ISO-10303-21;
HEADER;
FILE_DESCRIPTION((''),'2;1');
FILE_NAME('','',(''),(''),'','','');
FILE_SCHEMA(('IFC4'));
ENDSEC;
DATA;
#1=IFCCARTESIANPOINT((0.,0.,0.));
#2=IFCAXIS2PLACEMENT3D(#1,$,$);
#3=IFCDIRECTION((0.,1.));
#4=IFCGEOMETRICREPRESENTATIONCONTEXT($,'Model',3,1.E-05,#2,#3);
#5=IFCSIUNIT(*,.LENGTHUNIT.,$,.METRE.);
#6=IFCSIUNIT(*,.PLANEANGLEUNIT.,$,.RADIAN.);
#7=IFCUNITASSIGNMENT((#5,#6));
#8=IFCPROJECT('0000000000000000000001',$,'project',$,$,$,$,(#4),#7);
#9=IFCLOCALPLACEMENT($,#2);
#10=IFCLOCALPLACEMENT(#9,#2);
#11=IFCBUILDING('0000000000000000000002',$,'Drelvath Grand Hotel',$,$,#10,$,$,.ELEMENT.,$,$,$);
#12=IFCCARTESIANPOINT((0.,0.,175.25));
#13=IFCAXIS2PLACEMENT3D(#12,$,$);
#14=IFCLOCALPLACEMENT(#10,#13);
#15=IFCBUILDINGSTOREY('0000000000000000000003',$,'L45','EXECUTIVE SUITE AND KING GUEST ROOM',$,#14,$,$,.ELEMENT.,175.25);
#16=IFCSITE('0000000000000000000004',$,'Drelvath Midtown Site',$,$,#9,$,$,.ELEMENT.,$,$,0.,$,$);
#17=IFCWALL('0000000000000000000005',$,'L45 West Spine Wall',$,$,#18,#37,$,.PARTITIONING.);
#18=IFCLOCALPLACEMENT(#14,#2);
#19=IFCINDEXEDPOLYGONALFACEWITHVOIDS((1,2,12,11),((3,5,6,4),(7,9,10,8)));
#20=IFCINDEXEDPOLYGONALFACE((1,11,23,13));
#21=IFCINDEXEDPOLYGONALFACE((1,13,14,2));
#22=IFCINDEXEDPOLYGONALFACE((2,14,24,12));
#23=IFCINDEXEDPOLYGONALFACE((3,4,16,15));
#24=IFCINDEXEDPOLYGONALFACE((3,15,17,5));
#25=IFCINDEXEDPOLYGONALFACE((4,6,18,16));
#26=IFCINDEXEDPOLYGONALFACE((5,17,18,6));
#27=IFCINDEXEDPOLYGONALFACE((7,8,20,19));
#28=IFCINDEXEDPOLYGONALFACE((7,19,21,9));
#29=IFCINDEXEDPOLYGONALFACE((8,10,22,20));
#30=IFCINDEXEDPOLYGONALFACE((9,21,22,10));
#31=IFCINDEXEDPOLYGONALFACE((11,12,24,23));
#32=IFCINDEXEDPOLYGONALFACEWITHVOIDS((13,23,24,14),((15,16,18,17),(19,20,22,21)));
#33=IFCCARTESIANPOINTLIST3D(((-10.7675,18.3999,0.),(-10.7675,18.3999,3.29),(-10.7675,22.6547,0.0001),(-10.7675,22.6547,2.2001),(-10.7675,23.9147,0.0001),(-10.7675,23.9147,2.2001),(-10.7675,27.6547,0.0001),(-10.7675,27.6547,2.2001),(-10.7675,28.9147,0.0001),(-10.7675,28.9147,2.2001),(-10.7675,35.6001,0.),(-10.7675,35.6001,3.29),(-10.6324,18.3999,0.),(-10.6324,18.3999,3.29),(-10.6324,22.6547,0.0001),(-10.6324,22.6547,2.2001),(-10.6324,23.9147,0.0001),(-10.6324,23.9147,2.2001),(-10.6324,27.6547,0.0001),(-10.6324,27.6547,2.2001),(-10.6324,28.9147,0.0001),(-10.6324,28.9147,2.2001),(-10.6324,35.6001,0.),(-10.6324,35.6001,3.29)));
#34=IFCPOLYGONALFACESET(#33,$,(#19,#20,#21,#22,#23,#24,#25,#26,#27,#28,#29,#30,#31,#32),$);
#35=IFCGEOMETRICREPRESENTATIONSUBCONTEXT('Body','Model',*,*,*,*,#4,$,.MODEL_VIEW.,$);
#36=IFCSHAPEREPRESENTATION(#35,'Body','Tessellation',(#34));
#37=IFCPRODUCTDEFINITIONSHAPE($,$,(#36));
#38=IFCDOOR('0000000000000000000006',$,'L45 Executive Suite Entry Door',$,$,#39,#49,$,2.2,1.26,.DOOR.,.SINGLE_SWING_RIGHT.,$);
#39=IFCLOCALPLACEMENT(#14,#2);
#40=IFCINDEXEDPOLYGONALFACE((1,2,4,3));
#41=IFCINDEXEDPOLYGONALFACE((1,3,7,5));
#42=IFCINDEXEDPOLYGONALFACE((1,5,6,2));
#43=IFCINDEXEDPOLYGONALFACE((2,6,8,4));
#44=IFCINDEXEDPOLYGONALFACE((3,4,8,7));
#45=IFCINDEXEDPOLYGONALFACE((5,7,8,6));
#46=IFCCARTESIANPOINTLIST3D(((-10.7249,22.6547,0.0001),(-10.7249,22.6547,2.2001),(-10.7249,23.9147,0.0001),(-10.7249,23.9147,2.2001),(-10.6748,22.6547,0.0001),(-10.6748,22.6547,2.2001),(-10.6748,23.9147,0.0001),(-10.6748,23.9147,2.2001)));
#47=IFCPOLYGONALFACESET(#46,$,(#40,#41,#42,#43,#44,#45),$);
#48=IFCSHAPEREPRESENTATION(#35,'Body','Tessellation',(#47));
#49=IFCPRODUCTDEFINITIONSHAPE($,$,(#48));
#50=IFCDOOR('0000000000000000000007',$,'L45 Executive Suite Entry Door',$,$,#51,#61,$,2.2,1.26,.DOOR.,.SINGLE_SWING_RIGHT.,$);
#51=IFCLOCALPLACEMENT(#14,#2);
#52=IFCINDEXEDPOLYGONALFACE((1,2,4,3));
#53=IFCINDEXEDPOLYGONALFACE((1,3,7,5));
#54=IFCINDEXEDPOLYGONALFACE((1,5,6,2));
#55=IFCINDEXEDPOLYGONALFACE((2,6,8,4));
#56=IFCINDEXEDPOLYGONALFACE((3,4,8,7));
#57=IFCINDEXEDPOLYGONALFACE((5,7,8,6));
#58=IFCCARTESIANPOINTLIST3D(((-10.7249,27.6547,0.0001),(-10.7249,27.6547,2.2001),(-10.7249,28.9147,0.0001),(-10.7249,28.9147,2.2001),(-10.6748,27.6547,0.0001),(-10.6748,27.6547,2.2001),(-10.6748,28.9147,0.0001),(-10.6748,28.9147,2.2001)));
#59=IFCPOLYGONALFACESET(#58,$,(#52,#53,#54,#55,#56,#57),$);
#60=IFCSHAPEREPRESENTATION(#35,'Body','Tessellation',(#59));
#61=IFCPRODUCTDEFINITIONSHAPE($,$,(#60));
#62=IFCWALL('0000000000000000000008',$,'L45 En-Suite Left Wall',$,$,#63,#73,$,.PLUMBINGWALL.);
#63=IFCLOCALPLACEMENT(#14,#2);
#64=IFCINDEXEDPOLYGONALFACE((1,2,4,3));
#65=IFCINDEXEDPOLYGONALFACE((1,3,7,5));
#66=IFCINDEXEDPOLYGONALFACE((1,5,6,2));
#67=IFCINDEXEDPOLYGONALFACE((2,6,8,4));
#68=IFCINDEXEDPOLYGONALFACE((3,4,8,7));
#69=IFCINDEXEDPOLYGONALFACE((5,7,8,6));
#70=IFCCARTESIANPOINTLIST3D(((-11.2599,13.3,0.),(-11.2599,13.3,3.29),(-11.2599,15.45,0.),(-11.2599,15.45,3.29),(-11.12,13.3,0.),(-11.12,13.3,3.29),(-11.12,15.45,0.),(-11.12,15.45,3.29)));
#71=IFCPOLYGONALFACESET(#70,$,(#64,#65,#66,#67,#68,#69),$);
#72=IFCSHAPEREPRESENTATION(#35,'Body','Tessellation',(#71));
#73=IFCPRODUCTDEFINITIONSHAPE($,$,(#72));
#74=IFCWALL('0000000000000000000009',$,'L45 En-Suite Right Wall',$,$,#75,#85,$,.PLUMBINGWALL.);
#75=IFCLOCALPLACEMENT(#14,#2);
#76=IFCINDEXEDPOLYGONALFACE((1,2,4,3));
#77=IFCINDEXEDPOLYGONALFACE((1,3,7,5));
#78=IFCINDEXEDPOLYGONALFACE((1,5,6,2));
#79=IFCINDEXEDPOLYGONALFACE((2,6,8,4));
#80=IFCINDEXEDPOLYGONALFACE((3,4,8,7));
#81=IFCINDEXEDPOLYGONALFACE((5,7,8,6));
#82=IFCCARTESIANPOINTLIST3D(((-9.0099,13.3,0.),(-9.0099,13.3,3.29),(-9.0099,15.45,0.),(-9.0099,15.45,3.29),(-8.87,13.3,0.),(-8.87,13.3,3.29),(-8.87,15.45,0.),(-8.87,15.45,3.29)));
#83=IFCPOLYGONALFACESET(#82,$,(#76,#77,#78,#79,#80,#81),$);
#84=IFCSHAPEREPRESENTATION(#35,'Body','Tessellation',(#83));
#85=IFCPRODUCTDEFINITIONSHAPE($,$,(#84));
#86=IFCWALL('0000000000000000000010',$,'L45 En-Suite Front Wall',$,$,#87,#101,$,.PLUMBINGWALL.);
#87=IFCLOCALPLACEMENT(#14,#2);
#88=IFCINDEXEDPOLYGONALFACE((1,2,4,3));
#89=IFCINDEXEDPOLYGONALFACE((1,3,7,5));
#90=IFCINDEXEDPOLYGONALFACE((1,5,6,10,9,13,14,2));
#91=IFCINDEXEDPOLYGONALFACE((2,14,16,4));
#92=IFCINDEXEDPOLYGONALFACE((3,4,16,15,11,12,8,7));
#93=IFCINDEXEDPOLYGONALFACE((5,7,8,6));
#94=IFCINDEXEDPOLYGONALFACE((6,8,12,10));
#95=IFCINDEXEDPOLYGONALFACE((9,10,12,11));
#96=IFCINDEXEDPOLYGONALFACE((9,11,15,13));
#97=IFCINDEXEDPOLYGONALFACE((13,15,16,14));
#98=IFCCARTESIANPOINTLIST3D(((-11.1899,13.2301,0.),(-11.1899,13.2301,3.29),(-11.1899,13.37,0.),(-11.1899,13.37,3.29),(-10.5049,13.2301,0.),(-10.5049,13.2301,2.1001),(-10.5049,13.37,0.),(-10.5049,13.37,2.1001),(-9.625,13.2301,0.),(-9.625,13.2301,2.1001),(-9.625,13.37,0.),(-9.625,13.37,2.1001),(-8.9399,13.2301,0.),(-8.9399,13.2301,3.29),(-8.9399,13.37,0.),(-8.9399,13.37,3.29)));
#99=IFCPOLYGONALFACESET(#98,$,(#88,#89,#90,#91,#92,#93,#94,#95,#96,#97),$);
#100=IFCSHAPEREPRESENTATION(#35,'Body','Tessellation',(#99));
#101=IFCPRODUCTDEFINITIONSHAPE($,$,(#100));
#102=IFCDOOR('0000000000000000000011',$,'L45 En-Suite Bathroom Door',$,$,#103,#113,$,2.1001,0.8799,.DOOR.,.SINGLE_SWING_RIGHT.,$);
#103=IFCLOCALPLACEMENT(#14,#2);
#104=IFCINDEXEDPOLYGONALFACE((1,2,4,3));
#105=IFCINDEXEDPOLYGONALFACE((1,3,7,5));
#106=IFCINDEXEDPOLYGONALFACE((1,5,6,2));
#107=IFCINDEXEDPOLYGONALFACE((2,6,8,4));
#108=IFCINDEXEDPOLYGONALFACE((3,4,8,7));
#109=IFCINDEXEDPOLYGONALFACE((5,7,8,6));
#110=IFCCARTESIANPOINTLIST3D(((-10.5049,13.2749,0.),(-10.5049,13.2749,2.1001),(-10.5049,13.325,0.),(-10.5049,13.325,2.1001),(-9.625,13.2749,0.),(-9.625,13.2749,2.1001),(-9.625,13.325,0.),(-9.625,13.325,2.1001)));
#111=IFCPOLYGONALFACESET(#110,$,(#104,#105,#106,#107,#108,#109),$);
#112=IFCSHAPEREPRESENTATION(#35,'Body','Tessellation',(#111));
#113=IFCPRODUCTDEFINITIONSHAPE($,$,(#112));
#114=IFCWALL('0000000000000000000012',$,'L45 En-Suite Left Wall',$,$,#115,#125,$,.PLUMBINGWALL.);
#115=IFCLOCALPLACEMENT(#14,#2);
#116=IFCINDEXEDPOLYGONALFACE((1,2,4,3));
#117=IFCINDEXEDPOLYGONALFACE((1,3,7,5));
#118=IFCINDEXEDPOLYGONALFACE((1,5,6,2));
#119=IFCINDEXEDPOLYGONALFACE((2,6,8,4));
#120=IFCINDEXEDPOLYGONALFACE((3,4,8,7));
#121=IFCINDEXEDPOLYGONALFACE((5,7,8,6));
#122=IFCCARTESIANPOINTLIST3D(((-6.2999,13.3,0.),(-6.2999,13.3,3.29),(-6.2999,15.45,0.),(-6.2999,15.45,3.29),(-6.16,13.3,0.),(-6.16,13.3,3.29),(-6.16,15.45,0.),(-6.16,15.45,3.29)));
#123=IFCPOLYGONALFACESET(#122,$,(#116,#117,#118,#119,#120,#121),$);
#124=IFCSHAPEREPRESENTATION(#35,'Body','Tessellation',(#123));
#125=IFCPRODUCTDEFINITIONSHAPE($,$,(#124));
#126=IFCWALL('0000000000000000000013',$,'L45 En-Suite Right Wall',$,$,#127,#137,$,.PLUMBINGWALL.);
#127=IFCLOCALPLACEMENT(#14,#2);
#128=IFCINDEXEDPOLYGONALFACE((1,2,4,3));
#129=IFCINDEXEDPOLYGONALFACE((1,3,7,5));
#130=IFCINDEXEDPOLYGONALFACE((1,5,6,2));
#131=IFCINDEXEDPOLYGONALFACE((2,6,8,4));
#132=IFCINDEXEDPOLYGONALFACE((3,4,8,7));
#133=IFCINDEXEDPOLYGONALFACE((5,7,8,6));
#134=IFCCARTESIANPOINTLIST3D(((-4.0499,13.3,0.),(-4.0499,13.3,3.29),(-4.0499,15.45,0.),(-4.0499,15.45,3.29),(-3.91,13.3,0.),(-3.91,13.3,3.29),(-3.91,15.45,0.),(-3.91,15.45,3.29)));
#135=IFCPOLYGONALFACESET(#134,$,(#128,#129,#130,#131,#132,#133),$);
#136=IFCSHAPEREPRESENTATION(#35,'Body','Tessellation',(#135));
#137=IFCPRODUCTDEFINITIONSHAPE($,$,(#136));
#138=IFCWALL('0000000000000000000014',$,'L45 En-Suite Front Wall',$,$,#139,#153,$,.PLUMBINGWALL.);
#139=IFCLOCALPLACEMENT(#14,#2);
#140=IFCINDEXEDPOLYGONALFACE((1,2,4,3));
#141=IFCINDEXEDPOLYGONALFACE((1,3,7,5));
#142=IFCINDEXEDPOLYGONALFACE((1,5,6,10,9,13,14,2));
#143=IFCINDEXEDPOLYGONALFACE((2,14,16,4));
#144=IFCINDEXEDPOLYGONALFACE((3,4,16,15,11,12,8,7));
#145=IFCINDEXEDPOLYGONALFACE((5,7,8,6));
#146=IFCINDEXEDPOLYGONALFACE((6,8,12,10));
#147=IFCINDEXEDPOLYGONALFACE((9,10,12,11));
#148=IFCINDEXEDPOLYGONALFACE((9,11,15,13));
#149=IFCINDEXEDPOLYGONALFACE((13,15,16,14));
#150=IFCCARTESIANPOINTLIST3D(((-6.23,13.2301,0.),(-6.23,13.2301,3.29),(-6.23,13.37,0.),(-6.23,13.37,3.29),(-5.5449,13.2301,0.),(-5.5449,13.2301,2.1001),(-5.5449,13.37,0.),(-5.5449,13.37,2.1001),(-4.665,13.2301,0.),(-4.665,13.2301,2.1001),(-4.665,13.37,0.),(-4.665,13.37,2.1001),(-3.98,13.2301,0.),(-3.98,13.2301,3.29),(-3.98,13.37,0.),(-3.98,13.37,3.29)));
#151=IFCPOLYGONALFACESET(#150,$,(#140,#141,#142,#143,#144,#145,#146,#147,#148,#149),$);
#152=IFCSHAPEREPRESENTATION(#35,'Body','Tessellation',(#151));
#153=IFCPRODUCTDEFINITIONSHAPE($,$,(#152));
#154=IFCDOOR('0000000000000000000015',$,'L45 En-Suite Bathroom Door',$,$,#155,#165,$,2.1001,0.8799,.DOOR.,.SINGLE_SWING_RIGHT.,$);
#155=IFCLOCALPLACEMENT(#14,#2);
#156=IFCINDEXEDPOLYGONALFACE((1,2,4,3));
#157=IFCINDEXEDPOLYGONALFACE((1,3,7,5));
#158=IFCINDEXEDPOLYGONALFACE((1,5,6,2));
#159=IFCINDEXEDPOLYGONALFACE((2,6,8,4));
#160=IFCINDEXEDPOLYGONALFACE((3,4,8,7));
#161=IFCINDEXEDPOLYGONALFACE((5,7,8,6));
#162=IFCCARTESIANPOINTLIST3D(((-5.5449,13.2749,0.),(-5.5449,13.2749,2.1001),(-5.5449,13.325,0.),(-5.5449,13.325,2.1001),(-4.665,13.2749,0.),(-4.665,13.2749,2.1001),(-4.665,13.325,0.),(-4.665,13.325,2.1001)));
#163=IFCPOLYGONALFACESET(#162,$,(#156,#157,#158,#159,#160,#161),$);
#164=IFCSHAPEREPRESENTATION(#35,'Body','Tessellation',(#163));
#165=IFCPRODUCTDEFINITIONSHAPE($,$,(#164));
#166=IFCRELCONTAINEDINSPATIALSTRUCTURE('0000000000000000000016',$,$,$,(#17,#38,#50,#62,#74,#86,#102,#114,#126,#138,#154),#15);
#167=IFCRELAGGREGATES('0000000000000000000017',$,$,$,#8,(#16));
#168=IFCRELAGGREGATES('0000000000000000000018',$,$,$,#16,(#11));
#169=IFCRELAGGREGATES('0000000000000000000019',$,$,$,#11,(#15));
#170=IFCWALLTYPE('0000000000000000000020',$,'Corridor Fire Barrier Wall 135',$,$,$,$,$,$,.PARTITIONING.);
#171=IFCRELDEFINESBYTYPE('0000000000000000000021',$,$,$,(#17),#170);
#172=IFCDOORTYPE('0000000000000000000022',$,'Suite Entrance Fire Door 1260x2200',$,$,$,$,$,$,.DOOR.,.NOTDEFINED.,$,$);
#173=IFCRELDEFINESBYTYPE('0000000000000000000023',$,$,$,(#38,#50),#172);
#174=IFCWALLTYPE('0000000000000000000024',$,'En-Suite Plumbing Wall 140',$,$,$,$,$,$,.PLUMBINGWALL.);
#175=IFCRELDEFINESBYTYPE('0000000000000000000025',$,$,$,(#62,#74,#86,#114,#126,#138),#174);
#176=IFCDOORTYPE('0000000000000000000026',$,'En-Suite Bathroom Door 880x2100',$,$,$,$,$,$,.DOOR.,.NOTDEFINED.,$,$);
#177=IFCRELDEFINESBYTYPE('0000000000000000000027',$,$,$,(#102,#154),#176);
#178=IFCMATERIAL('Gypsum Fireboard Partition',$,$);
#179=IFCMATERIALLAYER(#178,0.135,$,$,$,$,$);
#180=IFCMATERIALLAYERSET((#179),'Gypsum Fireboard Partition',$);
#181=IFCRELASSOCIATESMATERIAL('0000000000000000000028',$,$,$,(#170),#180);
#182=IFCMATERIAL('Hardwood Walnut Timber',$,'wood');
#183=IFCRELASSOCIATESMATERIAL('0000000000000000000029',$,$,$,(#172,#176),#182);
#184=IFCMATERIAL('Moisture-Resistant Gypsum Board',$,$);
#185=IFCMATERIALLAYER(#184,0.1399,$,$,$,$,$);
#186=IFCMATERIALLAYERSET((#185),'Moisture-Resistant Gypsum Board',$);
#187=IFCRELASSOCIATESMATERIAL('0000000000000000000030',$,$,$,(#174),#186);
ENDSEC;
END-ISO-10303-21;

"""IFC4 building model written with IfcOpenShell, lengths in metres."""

from ifc_helpers import new_model, si_unit, direction, frame, frame_2d, origin, place, context, subcontext, project, spatial, rectangle, extrude, material, layer, layer_set, type_object, element, fill, save


model = new_model("IFC4")

# Units and contexts
model_context = context("Model", 3, precision=1e-05, world=origin(), true_north=direction((0.0, 1.0)))
body_context = subcontext(model_context, "Body", "Model", "MODEL_VIEW")
ifc_project = project(units=[si_unit("LENGTHUNIT", "METRE"), si_unit("PLANEANGLEUNIT", "RADIAN")], contexts=[model_context])

# Site, building, storey
site_placement = place(None, origin())
site = spatial("IfcSite", under=ifc_project, at=site_placement, Name="Drelvath Midtown Site", CompositionType="ELEMENT", RefElevation=0.0)
building_placement = place(site_placement, origin())
building = spatial("IfcBuilding", under=site, at=building_placement, Name="Drelvath Grand Hotel", CompositionType="ELEMENT")
storey_placement = place(building_placement, frame((0.0, 0.0, 175.25)))
storey = spatial("IfcBuildingStorey", under=building, at=storey_placement, Name="L45", Description="EXECUTIVE SUITE AND KING GUEST ROOM", CompositionType="ELEMENT", Elevation=175.25)

# Shared definitions
ifc_material_1 = material(Name="Gypsum Fireboard Partition")
ifc_layer_1 = layer(ifc_material_1, 0.135)
ifc_layer_set_1 = layer_set([ifc_layer_1], Name="Gypsum Fireboard Partition")
wall_type_1 = type_object("IfcWallType", Name="Corridor Fire Barrier Wall 135", PredefinedType="PARTITIONING", material=ifc_layer_set_1)

# Wall, openings, doors
wall_1_placement = place(storey_placement, frame((-10.7, 18.3999, 0.0), z_axis=(0.0, 0.0, 1.0), x_axis=(0.0, 1.0, 0.0)))
wall_1 = element("IfcWall", 1, at=wall_1_placement, inside=storey, type_object=wall_type_1, Name="L45 West Spine Wall", PredefinedType="PARTITIONING", context=body_context, shape_type="SweptSolid", body=[
    extrude(rectangle(XDim=17.2002, YDim=0.135, at=frame_2d((8.6001, 0.0))), origin(), (0.0, 0.0, 1.0), 3.29),
])
opening_1_placement = place(wall_1_placement, frame((4.2549, 0.0, 0.0)))
opening_1 = element("IfcOpeningElement", 2, at=opening_1_placement, cuts=wall_1, PredefinedType="OPENING", context=body_context, shape_type="SweptSolid", body=[
    extrude(rectangle(XDim=1.26, YDim=2.2, at=frame_2d((0.6299, 1.1001))), frame((0.0, 0.0774, 0.0), z_axis=(0.0, -1.0, 0.0), x_axis=(1.0, 0.0, 0.0)), (0.0, 0.0, 1.0), 0.155),
])
opening_2_placement = place(wall_1_placement, frame((9.2549, 0.0, 0.0)))
opening_2 = element("IfcOpeningElement", 3, at=opening_2_placement, cuts=wall_1, PredefinedType="OPENING", context=body_context, shape_type="SweptSolid", body=[
    extrude(rectangle(XDim=1.26, YDim=2.2, at=frame_2d((0.6299, 1.1001))), frame((0.0, 0.0774, 0.0), z_axis=(0.0, -1.0, 0.0), x_axis=(1.0, 0.0, 0.0)), (0.0, 0.0, 1.0), 0.155),
])
ifc_material_2 = material(Name="Hardwood Walnut Timber", Category="wood")
door_type_1 = type_object("IfcDoorType", Name="Suite Entrance Fire Door 1260x2200", OperationType="NOTDEFINED", PredefinedType="DOOR", material=ifc_material_2)
door_1_placement = place(opening_1_placement, origin())
door_1 = element("IfcDoor", 4, at=door_1_placement, inside=storey, type_object=door_type_1, Name="L45 Executive Suite Entry Door", OperationType="SINGLE_SWING_RIGHT", OverallHeight=2.2, OverallWidth=1.26, PredefinedType="DOOR", context=body_context, shape_type="SweptSolid", body=[
    extrude(rectangle(XDim=1.26, YDim=2.2, at=frame_2d((0.6299, 1.1001))), frame((0.0, 0.0249, 0.0), z_axis=(0.0, -1.0, 0.0), x_axis=(1.0, 0.0, 0.0)), (0.0, 0.0, 1.0), 0.05),
])
fill(opening_1, door_1)
door_2_placement = place(opening_2_placement, origin())
door_2 = element("IfcDoor", 5, at=door_2_placement, inside=storey, type_object=door_type_1, Name="L45 Executive Suite Entry Door", OperationType="SINGLE_SWING_RIGHT", OverallHeight=2.2, OverallWidth=1.26, PredefinedType="DOOR", context=body_context, shape_type="SweptSolid", body=[
    extrude(rectangle(XDim=1.26, YDim=2.2, at=frame_2d((0.6299, 1.1001))), frame((0.0, 0.0249, 0.0), z_axis=(0.0, -1.0, 0.0), x_axis=(1.0, 0.0, 0.0)), (0.0, 0.0, 1.0), 0.05),
])
fill(opening_2, door_2)

# Walls
ifc_material_3 = material(Name="Moisture-Resistant Gypsum Board")
ifc_layer_2 = layer(ifc_material_3, 0.1399)
ifc_layer_set_2 = layer_set([ifc_layer_2], Name="Moisture-Resistant Gypsum Board")
wall_type_2 = type_object("IfcWallType", Name="En-Suite Plumbing Wall 140", PredefinedType="PLUMBINGWALL", material=ifc_layer_set_2)
for number, where, z_axis, x_axis, name in (
    (6, (-11.1899, 15.45, 0.0), (0.0, 0.0, 1.0), (0.0, -1.0, 0.0), "L45 En-Suite Left Wall"),
    (7, (-8.9399, 15.45, 0.0), (0.0, 0.0, 1.0), (0.0, -1.0, 0.0), "L45 En-Suite Right Wall"),
):
    element("IfcWall", number, at=place(storey_placement, frame(where, z_axis=z_axis, x_axis=x_axis)), inside=storey, type_object=wall_type_2, Name=name, PredefinedType="PLUMBINGWALL", context=body_context, shape_type="SweptSolid", body=[
        extrude(rectangle(XDim=2.1499, YDim=0.1399, at=frame_2d((1.075, 0.0))), origin(), (0.0, 0.0, 1.0), 3.29),
    ])

# Wall, opening, door
wall_2_placement = place(storey_placement, frame((-11.1899, 13.3, 0.0), z_axis=(0.0, 0.0, 1.0), x_axis=(1.0, 0.0, 0.0)))
wall_2 = element("IfcWall", 8, at=wall_2_placement, inside=storey, type_object=wall_type_2, Name="L45 En-Suite Front Wall", PredefinedType="PLUMBINGWALL", context=body_context, shape_type="SweptSolid", body=[
    extrude(rectangle(XDim=2.25, YDim=0.1399, at=frame_2d((1.125, 0.0))), origin(), (0.0, 0.0, 1.0), 3.29),
])
opening_3_placement = place(wall_2_placement, frame((0.6851, 0.0, 0.0)))
opening_3 = element("IfcOpeningElement", 9, at=opening_3_placement, cuts=wall_2, PredefinedType="OPENING", context=body_context, shape_type="SweptSolid", body=[
    extrude(rectangle(XDim=0.8799, YDim=2.1001, at=frame_2d((0.4399, 1.05))), frame((0.0, 0.0798, 0.0), z_axis=(0.0, -1.0, 0.0), x_axis=(1.0, 0.0, 0.0)), (0.0, 0.0, 1.0), 0.1599),
])
door_type_2 = type_object("IfcDoorType", Name="En-Suite Bathroom Door 880x2100", OperationType="NOTDEFINED", PredefinedType="DOOR", material=ifc_material_2)
door_3_placement = place(opening_3_placement, origin())
door_3 = element("IfcDoor", 10, at=door_3_placement, inside=storey, type_object=door_type_2, Name="L45 En-Suite Bathroom Door", OperationType="SINGLE_SWING_RIGHT", OverallHeight=2.1001, OverallWidth=0.8799, PredefinedType="DOOR", context=body_context, shape_type="SweptSolid", body=[
    extrude(rectangle(XDim=0.8799, YDim=2.1001, at=frame_2d((0.4399, 1.05))), frame((0.0, 0.0249, 0.0), z_axis=(0.0, -1.0, 0.0), x_axis=(1.0, 0.0, 0.0)), (0.0, 0.0, 1.0), 0.05),
])
fill(opening_3, door_3)

# Walls
for number, where, z_axis, x_axis, name in (
    (11, (-6.23, 15.45, 0.0), (0.0, 0.0, 1.0), (0.0, -1.0, 0.0), "L45 En-Suite Left Wall"),
    (12, (-3.98, 15.45, 0.0), (0.0, 0.0, 1.0), (0.0, -1.0, 0.0), "L45 En-Suite Right Wall"),
):
    element("IfcWall", number, at=place(storey_placement, frame(where, z_axis=z_axis, x_axis=x_axis)), inside=storey, type_object=wall_type_2, Name=name, PredefinedType="PLUMBINGWALL", context=body_context, shape_type="SweptSolid", body=[
        extrude(rectangle(XDim=2.1499, YDim=0.1399, at=frame_2d((1.075, 0.0))), origin(), (0.0, 0.0, 1.0), 3.29),
    ])

# Wall, opening, door
wall_3_placement = place(storey_placement, frame((-6.23, 13.3, 0.0), z_axis=(0.0, 0.0, 1.0), x_axis=(1.0, 0.0, 0.0)))
wall_3 = element("IfcWall", 13, at=wall_3_placement, inside=storey, type_object=wall_type_2, Name="L45 En-Suite Front Wall", PredefinedType="PLUMBINGWALL", context=body_context, shape_type="SweptSolid", body=[
    extrude(rectangle(XDim=2.25, YDim=0.1399, at=frame_2d((1.125, 0.0))), origin(), (0.0, 0.0, 1.0), 3.29),
])
opening_4_placement = place(wall_3_placement, frame((0.6851, 0.0, 0.0)))
opening_4 = element("IfcOpeningElement", 14, at=opening_4_placement, cuts=wall_3, PredefinedType="OPENING", context=body_context, shape_type="SweptSolid", body=[
    extrude(rectangle(XDim=0.8799, YDim=2.1001, at=frame_2d((0.4399, 1.05))), frame((0.0, 0.0798, 0.0), z_axis=(0.0, -1.0, 0.0), x_axis=(1.0, 0.0, 0.0)), (0.0, 0.0, 1.0), 0.1599),
])
door_4_placement = place(opening_4_placement, origin())
door_4 = element("IfcDoor", 15, at=door_4_placement, inside=storey, type_object=door_type_2, Name="L45 En-Suite Bathroom Door", OperationType="SINGLE_SWING_RIGHT", OverallHeight=2.1001, OverallWidth=0.8799, PredefinedType="DOOR", context=body_context, shape_type="SweptSolid", body=[
    extrude(rectangle(XDim=0.8799, YDim=2.1001, at=frame_2d((0.4399, 1.05))), frame((0.0, 0.0249, 0.0), z_axis=(0.0, -1.0, 0.0), x_axis=(1.0, 0.0, 0.0)), (0.0, 0.0, 1.0), 0.05),
])
fill(opening_4, door_4)

save(model, "model.ifc")
